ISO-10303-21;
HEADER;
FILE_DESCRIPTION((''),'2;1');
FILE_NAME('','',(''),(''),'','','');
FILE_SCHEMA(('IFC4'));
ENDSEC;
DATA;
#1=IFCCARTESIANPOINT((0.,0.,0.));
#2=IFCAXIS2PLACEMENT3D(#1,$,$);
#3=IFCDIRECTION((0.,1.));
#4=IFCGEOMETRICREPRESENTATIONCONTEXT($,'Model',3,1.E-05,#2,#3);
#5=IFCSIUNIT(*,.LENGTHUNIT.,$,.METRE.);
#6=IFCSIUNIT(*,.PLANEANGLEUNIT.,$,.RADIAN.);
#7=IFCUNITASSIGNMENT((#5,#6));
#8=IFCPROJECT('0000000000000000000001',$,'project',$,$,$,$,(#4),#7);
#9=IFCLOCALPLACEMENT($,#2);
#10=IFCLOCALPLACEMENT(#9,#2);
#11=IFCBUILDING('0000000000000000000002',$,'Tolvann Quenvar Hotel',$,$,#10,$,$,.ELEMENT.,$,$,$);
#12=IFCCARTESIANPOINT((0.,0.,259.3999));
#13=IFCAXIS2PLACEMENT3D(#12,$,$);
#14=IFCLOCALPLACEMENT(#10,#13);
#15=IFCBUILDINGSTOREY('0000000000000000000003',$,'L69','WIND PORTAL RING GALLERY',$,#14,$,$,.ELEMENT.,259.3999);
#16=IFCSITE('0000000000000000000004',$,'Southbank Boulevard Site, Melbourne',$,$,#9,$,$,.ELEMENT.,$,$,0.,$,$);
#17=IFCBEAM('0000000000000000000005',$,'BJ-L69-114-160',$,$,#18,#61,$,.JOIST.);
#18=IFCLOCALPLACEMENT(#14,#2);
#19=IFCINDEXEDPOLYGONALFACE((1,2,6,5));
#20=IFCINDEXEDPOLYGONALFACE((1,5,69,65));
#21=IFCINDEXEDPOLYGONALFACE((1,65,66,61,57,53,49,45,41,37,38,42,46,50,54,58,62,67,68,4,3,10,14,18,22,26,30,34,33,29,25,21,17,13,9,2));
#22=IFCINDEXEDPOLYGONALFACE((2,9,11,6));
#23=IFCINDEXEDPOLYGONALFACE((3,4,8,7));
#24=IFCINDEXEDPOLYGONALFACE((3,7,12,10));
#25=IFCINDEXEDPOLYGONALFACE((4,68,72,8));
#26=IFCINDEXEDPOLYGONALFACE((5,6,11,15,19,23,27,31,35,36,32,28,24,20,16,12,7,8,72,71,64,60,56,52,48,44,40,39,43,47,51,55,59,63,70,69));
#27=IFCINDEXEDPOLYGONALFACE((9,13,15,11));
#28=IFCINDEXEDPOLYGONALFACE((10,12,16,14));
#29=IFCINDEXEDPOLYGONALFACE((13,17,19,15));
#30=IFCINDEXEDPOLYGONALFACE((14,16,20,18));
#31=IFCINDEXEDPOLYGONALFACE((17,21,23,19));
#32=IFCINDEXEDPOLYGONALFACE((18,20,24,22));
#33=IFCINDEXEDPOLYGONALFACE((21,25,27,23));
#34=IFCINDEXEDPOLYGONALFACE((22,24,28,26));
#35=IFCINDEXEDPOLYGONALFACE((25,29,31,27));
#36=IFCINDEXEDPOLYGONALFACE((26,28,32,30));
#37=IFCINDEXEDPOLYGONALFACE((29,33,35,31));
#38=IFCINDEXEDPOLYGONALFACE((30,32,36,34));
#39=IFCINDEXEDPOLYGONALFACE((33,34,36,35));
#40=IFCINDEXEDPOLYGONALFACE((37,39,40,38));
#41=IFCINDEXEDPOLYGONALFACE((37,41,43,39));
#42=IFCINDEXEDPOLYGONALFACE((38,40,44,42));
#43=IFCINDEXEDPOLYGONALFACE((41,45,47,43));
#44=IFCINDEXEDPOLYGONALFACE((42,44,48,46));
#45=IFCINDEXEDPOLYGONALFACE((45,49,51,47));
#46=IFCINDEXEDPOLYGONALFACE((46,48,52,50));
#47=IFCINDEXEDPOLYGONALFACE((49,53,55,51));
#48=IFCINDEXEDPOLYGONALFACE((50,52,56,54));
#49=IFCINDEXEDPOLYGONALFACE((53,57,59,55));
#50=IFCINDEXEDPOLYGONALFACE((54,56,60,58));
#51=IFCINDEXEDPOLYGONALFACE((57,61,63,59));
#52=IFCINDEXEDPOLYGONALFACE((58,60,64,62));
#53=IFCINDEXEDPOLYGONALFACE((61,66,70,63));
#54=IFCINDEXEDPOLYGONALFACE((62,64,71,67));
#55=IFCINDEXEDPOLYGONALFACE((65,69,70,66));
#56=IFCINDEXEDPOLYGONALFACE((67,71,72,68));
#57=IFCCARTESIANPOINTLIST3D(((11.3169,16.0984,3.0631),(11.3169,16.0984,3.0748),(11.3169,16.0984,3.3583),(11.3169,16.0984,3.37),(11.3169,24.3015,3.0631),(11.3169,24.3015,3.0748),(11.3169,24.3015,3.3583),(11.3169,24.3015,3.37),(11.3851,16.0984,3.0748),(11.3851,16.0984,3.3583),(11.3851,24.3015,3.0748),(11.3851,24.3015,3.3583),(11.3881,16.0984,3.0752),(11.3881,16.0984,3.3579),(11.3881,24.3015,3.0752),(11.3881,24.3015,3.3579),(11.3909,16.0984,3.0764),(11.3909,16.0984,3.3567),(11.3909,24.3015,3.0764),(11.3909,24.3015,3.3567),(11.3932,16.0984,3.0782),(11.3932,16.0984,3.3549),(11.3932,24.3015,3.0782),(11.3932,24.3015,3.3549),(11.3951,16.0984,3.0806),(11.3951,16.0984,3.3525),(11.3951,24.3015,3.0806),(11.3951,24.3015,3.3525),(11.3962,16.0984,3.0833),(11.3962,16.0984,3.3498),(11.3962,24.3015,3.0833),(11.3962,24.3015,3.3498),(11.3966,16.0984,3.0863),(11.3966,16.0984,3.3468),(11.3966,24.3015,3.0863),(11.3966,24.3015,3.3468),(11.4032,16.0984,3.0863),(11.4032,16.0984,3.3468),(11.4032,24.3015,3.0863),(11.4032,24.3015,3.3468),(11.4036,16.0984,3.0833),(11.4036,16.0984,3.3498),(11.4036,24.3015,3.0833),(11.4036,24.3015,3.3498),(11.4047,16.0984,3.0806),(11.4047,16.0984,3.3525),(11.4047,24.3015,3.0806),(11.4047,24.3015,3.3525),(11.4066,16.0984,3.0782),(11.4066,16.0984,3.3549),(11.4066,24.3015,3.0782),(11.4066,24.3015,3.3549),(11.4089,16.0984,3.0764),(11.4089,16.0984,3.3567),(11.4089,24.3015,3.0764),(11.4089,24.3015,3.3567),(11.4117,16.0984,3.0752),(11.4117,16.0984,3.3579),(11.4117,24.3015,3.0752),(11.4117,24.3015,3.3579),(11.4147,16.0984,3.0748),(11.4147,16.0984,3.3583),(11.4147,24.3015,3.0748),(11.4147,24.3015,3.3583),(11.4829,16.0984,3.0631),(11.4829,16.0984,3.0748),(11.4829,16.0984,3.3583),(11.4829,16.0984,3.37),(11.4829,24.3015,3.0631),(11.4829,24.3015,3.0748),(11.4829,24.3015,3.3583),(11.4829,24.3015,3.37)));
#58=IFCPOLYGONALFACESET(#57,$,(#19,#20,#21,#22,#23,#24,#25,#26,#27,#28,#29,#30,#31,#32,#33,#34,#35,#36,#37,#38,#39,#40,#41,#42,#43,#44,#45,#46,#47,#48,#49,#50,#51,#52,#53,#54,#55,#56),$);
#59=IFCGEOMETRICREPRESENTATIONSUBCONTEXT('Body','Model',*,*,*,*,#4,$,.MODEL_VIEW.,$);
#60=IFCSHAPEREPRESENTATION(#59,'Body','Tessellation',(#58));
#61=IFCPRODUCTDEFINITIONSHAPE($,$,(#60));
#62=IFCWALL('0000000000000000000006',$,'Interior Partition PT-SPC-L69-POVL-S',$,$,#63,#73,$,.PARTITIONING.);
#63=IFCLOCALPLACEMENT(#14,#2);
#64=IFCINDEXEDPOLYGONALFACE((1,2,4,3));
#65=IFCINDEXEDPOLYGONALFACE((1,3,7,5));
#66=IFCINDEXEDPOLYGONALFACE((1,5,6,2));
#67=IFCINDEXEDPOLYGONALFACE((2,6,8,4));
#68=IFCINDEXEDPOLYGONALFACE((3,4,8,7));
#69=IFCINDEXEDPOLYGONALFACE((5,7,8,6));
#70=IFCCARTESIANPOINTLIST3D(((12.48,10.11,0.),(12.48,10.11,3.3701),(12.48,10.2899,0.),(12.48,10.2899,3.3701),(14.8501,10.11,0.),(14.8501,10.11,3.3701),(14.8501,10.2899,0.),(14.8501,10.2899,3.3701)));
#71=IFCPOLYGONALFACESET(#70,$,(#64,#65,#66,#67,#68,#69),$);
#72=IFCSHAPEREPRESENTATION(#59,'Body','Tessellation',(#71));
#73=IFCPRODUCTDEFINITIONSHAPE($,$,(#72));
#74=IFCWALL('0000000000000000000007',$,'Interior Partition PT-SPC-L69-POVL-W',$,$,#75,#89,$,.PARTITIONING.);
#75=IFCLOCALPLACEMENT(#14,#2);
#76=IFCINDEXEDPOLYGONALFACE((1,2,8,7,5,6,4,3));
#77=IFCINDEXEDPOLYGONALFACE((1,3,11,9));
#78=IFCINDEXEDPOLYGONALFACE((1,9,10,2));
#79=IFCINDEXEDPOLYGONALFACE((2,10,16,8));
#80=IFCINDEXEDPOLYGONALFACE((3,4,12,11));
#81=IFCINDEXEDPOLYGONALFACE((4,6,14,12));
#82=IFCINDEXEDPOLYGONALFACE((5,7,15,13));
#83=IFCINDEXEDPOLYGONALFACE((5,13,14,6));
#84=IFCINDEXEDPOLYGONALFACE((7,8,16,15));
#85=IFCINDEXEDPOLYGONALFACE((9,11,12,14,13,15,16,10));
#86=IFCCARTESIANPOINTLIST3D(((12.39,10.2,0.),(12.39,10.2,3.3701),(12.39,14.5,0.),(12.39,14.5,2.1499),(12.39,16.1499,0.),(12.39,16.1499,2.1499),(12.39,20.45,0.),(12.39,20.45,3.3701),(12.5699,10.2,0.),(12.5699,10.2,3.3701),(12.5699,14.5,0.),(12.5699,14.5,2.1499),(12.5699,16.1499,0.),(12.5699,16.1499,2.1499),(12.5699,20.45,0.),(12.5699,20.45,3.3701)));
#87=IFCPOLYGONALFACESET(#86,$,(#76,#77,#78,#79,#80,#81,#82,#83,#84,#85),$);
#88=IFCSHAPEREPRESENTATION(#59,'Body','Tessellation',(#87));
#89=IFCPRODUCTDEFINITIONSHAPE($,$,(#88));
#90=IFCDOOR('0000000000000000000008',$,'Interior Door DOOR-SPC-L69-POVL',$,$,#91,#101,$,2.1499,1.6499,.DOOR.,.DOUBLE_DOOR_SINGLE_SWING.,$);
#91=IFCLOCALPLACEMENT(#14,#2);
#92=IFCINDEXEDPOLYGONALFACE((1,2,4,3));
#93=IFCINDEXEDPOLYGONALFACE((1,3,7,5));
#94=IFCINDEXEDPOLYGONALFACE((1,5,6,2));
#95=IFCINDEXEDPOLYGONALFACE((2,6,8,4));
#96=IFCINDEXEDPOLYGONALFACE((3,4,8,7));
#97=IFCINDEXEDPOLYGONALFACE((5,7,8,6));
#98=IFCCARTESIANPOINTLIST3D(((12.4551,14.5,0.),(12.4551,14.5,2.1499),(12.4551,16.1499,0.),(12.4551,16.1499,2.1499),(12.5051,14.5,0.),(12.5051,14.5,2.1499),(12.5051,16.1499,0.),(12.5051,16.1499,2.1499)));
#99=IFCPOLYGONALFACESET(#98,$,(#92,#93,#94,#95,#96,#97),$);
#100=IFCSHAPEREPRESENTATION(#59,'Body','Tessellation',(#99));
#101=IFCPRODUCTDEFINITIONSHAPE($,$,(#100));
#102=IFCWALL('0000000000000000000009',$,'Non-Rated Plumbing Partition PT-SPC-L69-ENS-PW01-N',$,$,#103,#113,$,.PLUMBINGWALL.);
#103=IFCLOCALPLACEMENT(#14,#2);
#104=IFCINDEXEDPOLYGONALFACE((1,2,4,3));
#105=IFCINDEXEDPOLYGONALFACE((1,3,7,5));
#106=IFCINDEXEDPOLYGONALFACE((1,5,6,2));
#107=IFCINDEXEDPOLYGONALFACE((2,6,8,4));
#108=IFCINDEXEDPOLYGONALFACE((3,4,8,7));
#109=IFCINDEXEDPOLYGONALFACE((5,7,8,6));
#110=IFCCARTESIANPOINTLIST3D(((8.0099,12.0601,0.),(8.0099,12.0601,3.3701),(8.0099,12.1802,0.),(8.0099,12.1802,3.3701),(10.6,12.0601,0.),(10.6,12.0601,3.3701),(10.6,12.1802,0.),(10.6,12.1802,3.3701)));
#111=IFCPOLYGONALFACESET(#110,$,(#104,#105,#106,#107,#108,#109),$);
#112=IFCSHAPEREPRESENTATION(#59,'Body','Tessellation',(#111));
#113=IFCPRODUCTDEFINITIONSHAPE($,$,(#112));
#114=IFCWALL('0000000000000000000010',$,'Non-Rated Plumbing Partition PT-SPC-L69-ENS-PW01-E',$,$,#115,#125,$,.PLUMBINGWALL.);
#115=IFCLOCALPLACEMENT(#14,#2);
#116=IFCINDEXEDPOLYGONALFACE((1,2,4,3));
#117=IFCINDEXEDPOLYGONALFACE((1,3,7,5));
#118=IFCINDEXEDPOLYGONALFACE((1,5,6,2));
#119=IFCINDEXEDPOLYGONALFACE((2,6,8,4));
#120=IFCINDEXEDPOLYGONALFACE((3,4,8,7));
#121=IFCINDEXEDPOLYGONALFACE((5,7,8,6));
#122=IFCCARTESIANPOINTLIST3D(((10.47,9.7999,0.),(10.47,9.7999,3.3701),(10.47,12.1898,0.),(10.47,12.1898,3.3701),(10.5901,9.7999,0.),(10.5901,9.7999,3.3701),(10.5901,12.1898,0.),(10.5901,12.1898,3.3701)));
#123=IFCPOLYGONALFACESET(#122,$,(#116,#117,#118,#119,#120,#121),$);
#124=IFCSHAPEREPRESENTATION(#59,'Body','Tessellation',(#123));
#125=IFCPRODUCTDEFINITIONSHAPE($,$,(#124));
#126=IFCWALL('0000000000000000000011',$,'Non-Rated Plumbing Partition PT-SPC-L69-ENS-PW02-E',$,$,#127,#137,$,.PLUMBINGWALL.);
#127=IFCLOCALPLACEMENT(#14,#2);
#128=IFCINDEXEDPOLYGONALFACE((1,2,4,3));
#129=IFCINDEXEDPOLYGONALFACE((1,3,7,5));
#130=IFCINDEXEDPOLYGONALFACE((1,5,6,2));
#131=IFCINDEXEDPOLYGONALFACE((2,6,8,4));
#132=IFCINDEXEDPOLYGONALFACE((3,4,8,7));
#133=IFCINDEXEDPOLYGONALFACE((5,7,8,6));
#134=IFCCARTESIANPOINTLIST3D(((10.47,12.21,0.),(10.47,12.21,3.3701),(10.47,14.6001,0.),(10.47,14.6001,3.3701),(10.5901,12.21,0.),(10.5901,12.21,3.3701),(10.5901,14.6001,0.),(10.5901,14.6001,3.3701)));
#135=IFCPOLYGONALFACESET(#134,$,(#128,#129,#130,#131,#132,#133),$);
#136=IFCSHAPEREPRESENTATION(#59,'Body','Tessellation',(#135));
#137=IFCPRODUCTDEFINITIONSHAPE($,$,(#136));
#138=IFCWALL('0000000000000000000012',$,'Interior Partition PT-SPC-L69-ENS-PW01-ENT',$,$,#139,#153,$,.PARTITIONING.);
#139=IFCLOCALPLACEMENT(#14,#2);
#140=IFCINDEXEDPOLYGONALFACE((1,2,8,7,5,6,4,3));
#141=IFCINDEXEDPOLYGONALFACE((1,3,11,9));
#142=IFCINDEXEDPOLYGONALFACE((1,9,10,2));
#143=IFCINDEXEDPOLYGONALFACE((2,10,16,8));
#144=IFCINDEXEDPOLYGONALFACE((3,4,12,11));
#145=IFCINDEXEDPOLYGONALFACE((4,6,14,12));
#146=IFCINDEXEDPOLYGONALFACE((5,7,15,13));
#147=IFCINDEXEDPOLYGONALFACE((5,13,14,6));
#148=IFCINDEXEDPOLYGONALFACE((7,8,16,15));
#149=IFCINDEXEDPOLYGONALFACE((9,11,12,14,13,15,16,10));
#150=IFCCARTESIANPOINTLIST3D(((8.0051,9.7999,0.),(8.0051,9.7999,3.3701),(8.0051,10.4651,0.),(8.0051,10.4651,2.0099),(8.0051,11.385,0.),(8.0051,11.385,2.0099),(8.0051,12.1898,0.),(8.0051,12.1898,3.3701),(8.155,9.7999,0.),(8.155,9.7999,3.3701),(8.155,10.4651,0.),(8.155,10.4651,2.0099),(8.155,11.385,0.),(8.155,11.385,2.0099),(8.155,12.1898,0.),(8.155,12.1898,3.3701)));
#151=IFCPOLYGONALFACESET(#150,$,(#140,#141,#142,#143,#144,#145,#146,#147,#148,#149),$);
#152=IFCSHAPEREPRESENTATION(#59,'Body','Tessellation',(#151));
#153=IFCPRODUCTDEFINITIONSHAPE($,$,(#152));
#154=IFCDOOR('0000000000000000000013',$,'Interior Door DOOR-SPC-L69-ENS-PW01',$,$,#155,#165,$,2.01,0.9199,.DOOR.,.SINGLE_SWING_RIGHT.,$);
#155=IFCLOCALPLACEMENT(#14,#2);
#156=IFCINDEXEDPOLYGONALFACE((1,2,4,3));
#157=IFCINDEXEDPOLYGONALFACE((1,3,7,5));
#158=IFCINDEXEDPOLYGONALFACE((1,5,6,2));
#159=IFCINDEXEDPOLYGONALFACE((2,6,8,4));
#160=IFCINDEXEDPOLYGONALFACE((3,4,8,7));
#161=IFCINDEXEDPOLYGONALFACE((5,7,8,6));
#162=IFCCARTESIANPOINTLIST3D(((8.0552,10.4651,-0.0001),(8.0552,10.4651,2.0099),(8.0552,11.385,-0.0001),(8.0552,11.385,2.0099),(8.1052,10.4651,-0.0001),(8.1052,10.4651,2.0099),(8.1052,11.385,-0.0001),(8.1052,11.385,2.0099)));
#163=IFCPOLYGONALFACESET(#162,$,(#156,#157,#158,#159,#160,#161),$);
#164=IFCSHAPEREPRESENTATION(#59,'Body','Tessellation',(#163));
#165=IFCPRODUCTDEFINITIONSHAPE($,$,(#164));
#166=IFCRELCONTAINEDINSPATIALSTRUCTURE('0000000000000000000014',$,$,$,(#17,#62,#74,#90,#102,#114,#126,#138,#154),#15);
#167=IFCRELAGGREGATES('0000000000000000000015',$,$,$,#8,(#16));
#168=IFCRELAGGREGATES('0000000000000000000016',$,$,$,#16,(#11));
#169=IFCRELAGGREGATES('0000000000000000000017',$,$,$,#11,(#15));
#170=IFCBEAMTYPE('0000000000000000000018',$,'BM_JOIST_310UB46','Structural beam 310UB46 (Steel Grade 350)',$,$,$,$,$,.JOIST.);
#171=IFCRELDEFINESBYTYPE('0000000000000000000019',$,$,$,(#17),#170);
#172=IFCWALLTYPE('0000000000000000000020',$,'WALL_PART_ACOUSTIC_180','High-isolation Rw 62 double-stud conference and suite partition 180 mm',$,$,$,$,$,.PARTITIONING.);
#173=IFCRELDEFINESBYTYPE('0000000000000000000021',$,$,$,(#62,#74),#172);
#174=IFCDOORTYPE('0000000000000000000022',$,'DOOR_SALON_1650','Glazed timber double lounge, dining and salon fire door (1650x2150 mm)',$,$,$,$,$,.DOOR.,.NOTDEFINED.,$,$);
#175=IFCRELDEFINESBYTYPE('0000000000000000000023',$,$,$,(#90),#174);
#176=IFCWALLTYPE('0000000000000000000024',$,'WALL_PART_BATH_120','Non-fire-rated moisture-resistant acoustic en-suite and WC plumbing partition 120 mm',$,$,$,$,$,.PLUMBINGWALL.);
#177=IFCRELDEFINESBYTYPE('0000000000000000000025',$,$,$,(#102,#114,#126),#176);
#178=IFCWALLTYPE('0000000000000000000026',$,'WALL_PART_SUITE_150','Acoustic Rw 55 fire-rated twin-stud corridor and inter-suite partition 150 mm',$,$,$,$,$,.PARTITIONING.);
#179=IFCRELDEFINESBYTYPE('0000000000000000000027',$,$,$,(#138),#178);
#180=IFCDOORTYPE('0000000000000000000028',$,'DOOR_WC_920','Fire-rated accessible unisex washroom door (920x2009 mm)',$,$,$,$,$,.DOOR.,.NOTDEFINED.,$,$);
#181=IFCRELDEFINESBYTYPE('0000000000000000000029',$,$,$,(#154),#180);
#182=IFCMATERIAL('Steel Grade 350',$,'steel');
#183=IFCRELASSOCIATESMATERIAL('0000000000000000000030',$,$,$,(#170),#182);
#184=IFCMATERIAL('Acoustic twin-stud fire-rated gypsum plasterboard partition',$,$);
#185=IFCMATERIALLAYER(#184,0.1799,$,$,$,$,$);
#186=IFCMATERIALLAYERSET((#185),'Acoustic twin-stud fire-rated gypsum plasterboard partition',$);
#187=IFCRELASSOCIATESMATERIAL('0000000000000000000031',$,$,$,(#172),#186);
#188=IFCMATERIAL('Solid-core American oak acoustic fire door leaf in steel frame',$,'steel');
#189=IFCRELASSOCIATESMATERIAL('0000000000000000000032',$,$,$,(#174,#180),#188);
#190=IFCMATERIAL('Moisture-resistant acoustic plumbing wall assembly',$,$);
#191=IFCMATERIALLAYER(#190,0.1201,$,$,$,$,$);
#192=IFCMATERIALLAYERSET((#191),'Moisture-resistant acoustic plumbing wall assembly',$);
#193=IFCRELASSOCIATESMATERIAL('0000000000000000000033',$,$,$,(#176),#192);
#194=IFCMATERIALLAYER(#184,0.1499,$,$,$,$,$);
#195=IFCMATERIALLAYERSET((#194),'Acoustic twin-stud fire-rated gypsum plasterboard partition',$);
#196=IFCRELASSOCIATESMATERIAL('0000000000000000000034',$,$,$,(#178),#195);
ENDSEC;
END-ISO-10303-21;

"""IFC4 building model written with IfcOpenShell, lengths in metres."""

from ifc_helpers import new_model, si_unit, direction, frame, frame_2d, origin, origin_2d, place, context, subcontext, project, spatial, rectangle, i_section, extrude, source, transform, mapped, material, layer, layer_set, material_profile, profile_set, type_object, type_shapes, element, fill, save


model = new_model("IFC4")

# Units and contexts
model_context = context("Model", 3, precision=1e-05, world=origin(), true_north=direction((0.0, 1.0)))
body_context = subcontext(model_context, "Body", "Model", "MODEL_VIEW")
ifc_project = project(units=[si_unit("LENGTHUNIT", "METRE"), si_unit("PLANEANGLEUNIT", "RADIAN")], contexts=[model_context])

# Site, building, storey
site_placement = place(None, origin())
site = spatial("IfcSite", under=ifc_project, at=site_placement, Name="Southbank Boulevard Site, Melbourne", CompositionType="ELEMENT", RefElevation=0.0)
building_placement = place(site_placement, origin())
building = spatial("IfcBuilding", under=site, at=building_placement, Name="Tolvann Quenvar Hotel", CompositionType="ELEMENT")
storey_placement = place(building_placement, frame((0.0, 0.0, 259.3999)))
storey = spatial("IfcBuildingStorey", under=building, at=storey_placement, Name="L69", Description="WIND PORTAL RING GALLERY", CompositionType="ELEMENT", Elevation=259.3999)

# Shared definitions
ifc_material_1 = material(Name="Steel Grade 350", Category="steel")

# Beam
ifc_material_profile_1 = material_profile(ifc_material_1, i_section(OverallWidth=0.166, OverallDepth=0.3069, WebThickness=0.0066, FlangeThickness=0.0117, FilletRadius=0.0115, at=origin_2d()), Name="310UB46")
ifc_profile_set_1 = profile_set([ifc_material_profile_1], Name="Steel Grade 350")
beam_type_1 = type_object("IfcBeamType", Name="BM_JOIST_310UB46", Description="Structural beam 310UB46 (Steel Grade 350)", PredefinedType="JOIST", material=ifc_profile_set_1)
shared_shape_1 = source(origin(), body_context, "Body", "SweptSolid", [
    extrude(i_section(OverallWidth=0.166, OverallDepth=0.3069, WebThickness=0.0066, FlangeThickness=0.0117, FilletRadius=0.0115, at=origin_2d()), origin(), (0.0, 0.0, 1.0), 8.2031),
])
type_shapes(beam_type_1, [shared_shape_1])
beam_1_placement = place(storey_placement, frame((11.3999, 16.0984, 3.2166), z_axis=(0.0, 1.0, 0.0), x_axis=(-1.0, 0.0, 0.0)))
element("IfcBeam", 1, at=beam_1_placement, inside=storey, type_object=beam_type_1, Name="BJ-L69-114-160", PredefinedType="JOIST", context=body_context, shape_type="MappedRepresentation", body=[
    mapped(shared_shape_1, transform((0.0, 0.0, 0.0), x_axis=(1.0, 0.0, 0.0), y_axis=(0.0, 1.0, 0.0), z_axis=(0.0, 0.0, 1.0), scale=1.0)),
])

# Wall
ifc_material_2 = material(Name="Acoustic twin-stud fire-rated gypsum plasterboard partition")
ifc_layer_1 = layer(ifc_material_2, 0.1799)
ifc_layer_set_1 = layer_set([ifc_layer_1], Name="Acoustic twin-stud fire-rated gypsum plasterboard partition")
wall_type_1 = type_object("IfcWallType", Name="WALL_PART_ACOUSTIC_180", Description="High-isolation Rw 62 double-stud conference and suite partition 180 mm", PredefinedType="PARTITIONING", material=ifc_layer_set_1)
wall_1_placement = place(storey_placement, frame((12.48, 10.2, 0.0), z_axis=(0.0, 0.0, 1.0), x_axis=(1.0, 0.0, 0.0)))
element("IfcWall", 2, at=wall_1_placement, inside=storey, type_object=wall_type_1, Name="Interior Partition PT-SPC-L69-POVL-S", PredefinedType="PARTITIONING", context=body_context, shape_type="SweptSolid", body=[
    extrude(rectangle(XDim=2.3701, YDim=0.1799, at=frame_2d((1.1851, 0.0))), origin(), (0.0, 0.0, 1.0), 3.3701),
])

# Wall, opening, door
wall_2_placement = place(storey_placement, frame((12.48, 10.2, 0.0), z_axis=(0.0, 0.0, 1.0), x_axis=(0.0, 1.0, 0.0)))
wall_2 = element("IfcWall", 3, at=wall_2_placement, inside=storey, type_object=wall_type_1, Name="Interior Partition PT-SPC-L69-POVL-W", PredefinedType="PARTITIONING", context=body_context, shape_type="SweptSolid", body=[
    extrude(rectangle(XDim=10.25, YDim=0.1799, at=frame_2d((5.125, 0.0))), origin(), (0.0, 0.0, 1.0), 3.3701),
])
opening_1_placement = place(wall_2_placement, frame((4.3, 0.0, 0.0)))
opening_1 = element("IfcOpeningElement", 4, at=opening_1_placement, cuts=wall_2, PredefinedType="OPENING", context=body_context, shape_type="SweptSolid", body=[
    extrude(rectangle(XDim=1.6499, YDim=2.1499, at=frame_2d((0.825, 1.075))), frame((0.0, 0.1001, 0.0), z_axis=(0.0, -1.0, 0.0), x_axis=(1.0, 0.0, 0.0)), (0.0, 0.0, 1.0), 0.2),
])
ifc_material_3 = material(Name="Solid-core American oak acoustic fire door leaf in steel frame", Category="steel")
door_type_1 = type_object("IfcDoorType", Name="DOOR_SALON_1650", Description="Glazed timber double lounge, dining and salon fire door (1650x2150 mm)", OperationType="NOTDEFINED", PredefinedType="DOOR", material=ifc_material_3)
shared_shape_2 = source(origin(), body_context, "Body", "SweptSolid", [
    extrude(rectangle(XDim=1.6499, YDim=2.1499, at=frame_2d((0.825, 1.075))), frame((0.0, 0.0249, 0.0), z_axis=(0.0, -1.0, 0.0), x_axis=(1.0, 0.0, 0.0)), (0.0, 0.0, 1.0), 0.05),
])
type_shapes(door_type_1, [shared_shape_2])
door_1_placement = place(opening_1_placement, origin())
door_1 = element("IfcDoor", 5, at=door_1_placement, inside=storey, type_object=door_type_1, Name="Interior Door DOOR-SPC-L69-POVL", OperationType="DOUBLE_DOOR_SINGLE_SWING", OverallHeight=2.1499, OverallWidth=1.6499, PredefinedType="DOOR", context=body_context, shape_type="MappedRepresentation", body=[
    mapped(shared_shape_2, transform((0.0, 0.0, 0.0), x_axis=(1.0, 0.0, 0.0), y_axis=(0.0, 1.0, 0.0), z_axis=(0.0, 0.0, 1.0), scale=1.0)),
])
fill(opening_1, door_1)

# Walls
ifc_material_4 = material(Name="Moisture-resistant acoustic plumbing wall assembly")
ifc_layer_2 = layer(ifc_material_4, 0.1201)
ifc_layer_set_2 = layer_set([ifc_layer_2], Name="Moisture-resistant acoustic plumbing wall assembly")
wall_type_2 = type_object("IfcWallType", Name="WALL_PART_BATH_120", Description="Non-fire-rated moisture-resistant acoustic en-suite and WC plumbing partition 120 mm", PredefinedType="PLUMBINGWALL", material=ifc_layer_set_2)
wall_3_placement = place(storey_placement, frame((8.01, 12.1201, 0.0), z_axis=(0.0, 0.0, 1.0), x_axis=(1.0, 0.0, 0.0)))
element("IfcWall", 6, at=wall_3_placement, inside=storey, type_object=wall_type_2, Name="Non-Rated Plumbing Partition PT-SPC-L69-ENS-PW01-N", PredefinedType="PLUMBINGWALL", context=body_context, shape_type="SweptSolid", body=[
    extrude(rectangle(XDim=2.5901, YDim=0.1201, at=frame_2d((1.2949, 0.0))), origin(), (0.0, 0.0, 1.0), 3.3701),
])
wall_4_placement = place(storey_placement, frame((10.53, 9.8, 0.0), z_axis=(0.0, 0.0, 1.0), x_axis=(0.0, 1.0, 0.0)))
element("IfcWall", 7, at=wall_4_placement, inside=storey, type_object=wall_type_2, Name="Non-Rated Plumbing Partition PT-SPC-L69-ENS-PW01-E", PredefinedType="PLUMBINGWALL", context=body_context, shape_type="SweptSolid", body=[
    extrude(rectangle(XDim=2.3899, YDim=0.1201, at=frame_2d((1.1948, 0.0))), origin(), (0.0, 0.0, 1.0), 3.3701),
])
wall_5_placement = place(storey_placement, frame((10.53, 12.21, 0.0), z_axis=(0.0, 0.0, 1.0), x_axis=(0.0, 1.0, 0.0)))
element("IfcWall", 8, at=wall_5_placement, inside=storey, type_object=wall_type_2, Name="Non-Rated Plumbing Partition PT-SPC-L69-ENS-PW02-E", PredefinedType="PLUMBINGWALL", context=body_context, shape_type="SweptSolid", body=[
    extrude(rectangle(XDim=2.3901, YDim=0.1201, at=frame_2d((1.1951, 0.0))), origin(), (0.0, 0.0, 1.0), 3.3701),
])

# Wall, opening, door
ifc_layer_3 = layer(ifc_material_2, 0.1499)
ifc_layer_set_3 = layer_set([ifc_layer_3], Name="Acoustic twin-stud fire-rated gypsum plasterboard partition")
wall_type_3 = type_object("IfcWallType", Name="WALL_PART_SUITE_150", Description="Acoustic Rw 55 fire-rated twin-stud corridor and inter-suite partition 150 mm", PredefinedType="PARTITIONING", material=ifc_layer_set_3)
wall_6_placement = place(storey_placement, frame((8.0801, 9.8, 0.0), z_axis=(0.0, 0.0, 1.0), x_axis=(0.0, 1.0, 0.0)))
wall_6 = element("IfcWall", 9, at=wall_6_placement, inside=storey, type_object=wall_type_3, Name="Interior Partition PT-SPC-L69-ENS-PW01-ENT", PredefinedType="PARTITIONING", context=body_context, shape_type="SweptSolid", body=[
    extrude(rectangle(XDim=2.3899, YDim=0.1499, at=frame_2d((1.1948, 0.0))), origin(), (0.0, 0.0, 1.0), 3.3701),
])
opening_2_placement = place(wall_6_placement, frame((0.665, 0.0, 0.0)))
opening_2 = element("IfcOpeningElement", 10, at=opening_2_placement, cuts=wall_6, PredefinedType="OPENING", context=body_context, shape_type="SweptSolid", body=[
    extrude(rectangle(XDim=0.9199, YDim=2.01, at=frame_2d((0.46, 1.0049))), frame((0.0, 0.085, 0.0), z_axis=(0.0, -1.0, 0.0), x_axis=(1.0, 0.0, 0.0)), (0.0, 0.0, 1.0), 0.1699),
])
door_type_2 = type_object("IfcDoorType", Name="DOOR_WC_920", Description="Fire-rated accessible unisex washroom door (920x2009 mm)", OperationType="NOTDEFINED", PredefinedType="DOOR", material=ifc_material_3)
shared_shape_3 = source(origin(), body_context, "Body", "SweptSolid", [
    extrude(rectangle(XDim=0.9199, YDim=2.01, at=frame_2d((0.46, 1.0049))), frame((0.0, 0.0249, 0.0), z_axis=(0.0, -1.0, 0.0), x_axis=(1.0, 0.0, 0.0)), (0.0, 0.0, 1.0), 0.05),
])
type_shapes(door_type_2, [shared_shape_3])
door_2_placement = place(opening_2_placement, origin())
door_2 = element("IfcDoor", 11, at=door_2_placement, inside=storey, type_object=door_type_2, Name="Interior Door DOOR-SPC-L69-ENS-PW01", OperationType="SINGLE_SWING_RIGHT", OverallHeight=2.01, OverallWidth=0.9199, PredefinedType="DOOR", context=body_context, shape_type="MappedRepresentation", body=[
    mapped(shared_shape_3, transform((0.0, 0.0, 0.0), x_axis=(1.0, 0.0, 0.0), y_axis=(0.0, 1.0, 0.0), z_axis=(0.0, 0.0, 1.0), scale=1.0)),
])
fill(opening_2, door_2)

save(model, "model.ifc")
